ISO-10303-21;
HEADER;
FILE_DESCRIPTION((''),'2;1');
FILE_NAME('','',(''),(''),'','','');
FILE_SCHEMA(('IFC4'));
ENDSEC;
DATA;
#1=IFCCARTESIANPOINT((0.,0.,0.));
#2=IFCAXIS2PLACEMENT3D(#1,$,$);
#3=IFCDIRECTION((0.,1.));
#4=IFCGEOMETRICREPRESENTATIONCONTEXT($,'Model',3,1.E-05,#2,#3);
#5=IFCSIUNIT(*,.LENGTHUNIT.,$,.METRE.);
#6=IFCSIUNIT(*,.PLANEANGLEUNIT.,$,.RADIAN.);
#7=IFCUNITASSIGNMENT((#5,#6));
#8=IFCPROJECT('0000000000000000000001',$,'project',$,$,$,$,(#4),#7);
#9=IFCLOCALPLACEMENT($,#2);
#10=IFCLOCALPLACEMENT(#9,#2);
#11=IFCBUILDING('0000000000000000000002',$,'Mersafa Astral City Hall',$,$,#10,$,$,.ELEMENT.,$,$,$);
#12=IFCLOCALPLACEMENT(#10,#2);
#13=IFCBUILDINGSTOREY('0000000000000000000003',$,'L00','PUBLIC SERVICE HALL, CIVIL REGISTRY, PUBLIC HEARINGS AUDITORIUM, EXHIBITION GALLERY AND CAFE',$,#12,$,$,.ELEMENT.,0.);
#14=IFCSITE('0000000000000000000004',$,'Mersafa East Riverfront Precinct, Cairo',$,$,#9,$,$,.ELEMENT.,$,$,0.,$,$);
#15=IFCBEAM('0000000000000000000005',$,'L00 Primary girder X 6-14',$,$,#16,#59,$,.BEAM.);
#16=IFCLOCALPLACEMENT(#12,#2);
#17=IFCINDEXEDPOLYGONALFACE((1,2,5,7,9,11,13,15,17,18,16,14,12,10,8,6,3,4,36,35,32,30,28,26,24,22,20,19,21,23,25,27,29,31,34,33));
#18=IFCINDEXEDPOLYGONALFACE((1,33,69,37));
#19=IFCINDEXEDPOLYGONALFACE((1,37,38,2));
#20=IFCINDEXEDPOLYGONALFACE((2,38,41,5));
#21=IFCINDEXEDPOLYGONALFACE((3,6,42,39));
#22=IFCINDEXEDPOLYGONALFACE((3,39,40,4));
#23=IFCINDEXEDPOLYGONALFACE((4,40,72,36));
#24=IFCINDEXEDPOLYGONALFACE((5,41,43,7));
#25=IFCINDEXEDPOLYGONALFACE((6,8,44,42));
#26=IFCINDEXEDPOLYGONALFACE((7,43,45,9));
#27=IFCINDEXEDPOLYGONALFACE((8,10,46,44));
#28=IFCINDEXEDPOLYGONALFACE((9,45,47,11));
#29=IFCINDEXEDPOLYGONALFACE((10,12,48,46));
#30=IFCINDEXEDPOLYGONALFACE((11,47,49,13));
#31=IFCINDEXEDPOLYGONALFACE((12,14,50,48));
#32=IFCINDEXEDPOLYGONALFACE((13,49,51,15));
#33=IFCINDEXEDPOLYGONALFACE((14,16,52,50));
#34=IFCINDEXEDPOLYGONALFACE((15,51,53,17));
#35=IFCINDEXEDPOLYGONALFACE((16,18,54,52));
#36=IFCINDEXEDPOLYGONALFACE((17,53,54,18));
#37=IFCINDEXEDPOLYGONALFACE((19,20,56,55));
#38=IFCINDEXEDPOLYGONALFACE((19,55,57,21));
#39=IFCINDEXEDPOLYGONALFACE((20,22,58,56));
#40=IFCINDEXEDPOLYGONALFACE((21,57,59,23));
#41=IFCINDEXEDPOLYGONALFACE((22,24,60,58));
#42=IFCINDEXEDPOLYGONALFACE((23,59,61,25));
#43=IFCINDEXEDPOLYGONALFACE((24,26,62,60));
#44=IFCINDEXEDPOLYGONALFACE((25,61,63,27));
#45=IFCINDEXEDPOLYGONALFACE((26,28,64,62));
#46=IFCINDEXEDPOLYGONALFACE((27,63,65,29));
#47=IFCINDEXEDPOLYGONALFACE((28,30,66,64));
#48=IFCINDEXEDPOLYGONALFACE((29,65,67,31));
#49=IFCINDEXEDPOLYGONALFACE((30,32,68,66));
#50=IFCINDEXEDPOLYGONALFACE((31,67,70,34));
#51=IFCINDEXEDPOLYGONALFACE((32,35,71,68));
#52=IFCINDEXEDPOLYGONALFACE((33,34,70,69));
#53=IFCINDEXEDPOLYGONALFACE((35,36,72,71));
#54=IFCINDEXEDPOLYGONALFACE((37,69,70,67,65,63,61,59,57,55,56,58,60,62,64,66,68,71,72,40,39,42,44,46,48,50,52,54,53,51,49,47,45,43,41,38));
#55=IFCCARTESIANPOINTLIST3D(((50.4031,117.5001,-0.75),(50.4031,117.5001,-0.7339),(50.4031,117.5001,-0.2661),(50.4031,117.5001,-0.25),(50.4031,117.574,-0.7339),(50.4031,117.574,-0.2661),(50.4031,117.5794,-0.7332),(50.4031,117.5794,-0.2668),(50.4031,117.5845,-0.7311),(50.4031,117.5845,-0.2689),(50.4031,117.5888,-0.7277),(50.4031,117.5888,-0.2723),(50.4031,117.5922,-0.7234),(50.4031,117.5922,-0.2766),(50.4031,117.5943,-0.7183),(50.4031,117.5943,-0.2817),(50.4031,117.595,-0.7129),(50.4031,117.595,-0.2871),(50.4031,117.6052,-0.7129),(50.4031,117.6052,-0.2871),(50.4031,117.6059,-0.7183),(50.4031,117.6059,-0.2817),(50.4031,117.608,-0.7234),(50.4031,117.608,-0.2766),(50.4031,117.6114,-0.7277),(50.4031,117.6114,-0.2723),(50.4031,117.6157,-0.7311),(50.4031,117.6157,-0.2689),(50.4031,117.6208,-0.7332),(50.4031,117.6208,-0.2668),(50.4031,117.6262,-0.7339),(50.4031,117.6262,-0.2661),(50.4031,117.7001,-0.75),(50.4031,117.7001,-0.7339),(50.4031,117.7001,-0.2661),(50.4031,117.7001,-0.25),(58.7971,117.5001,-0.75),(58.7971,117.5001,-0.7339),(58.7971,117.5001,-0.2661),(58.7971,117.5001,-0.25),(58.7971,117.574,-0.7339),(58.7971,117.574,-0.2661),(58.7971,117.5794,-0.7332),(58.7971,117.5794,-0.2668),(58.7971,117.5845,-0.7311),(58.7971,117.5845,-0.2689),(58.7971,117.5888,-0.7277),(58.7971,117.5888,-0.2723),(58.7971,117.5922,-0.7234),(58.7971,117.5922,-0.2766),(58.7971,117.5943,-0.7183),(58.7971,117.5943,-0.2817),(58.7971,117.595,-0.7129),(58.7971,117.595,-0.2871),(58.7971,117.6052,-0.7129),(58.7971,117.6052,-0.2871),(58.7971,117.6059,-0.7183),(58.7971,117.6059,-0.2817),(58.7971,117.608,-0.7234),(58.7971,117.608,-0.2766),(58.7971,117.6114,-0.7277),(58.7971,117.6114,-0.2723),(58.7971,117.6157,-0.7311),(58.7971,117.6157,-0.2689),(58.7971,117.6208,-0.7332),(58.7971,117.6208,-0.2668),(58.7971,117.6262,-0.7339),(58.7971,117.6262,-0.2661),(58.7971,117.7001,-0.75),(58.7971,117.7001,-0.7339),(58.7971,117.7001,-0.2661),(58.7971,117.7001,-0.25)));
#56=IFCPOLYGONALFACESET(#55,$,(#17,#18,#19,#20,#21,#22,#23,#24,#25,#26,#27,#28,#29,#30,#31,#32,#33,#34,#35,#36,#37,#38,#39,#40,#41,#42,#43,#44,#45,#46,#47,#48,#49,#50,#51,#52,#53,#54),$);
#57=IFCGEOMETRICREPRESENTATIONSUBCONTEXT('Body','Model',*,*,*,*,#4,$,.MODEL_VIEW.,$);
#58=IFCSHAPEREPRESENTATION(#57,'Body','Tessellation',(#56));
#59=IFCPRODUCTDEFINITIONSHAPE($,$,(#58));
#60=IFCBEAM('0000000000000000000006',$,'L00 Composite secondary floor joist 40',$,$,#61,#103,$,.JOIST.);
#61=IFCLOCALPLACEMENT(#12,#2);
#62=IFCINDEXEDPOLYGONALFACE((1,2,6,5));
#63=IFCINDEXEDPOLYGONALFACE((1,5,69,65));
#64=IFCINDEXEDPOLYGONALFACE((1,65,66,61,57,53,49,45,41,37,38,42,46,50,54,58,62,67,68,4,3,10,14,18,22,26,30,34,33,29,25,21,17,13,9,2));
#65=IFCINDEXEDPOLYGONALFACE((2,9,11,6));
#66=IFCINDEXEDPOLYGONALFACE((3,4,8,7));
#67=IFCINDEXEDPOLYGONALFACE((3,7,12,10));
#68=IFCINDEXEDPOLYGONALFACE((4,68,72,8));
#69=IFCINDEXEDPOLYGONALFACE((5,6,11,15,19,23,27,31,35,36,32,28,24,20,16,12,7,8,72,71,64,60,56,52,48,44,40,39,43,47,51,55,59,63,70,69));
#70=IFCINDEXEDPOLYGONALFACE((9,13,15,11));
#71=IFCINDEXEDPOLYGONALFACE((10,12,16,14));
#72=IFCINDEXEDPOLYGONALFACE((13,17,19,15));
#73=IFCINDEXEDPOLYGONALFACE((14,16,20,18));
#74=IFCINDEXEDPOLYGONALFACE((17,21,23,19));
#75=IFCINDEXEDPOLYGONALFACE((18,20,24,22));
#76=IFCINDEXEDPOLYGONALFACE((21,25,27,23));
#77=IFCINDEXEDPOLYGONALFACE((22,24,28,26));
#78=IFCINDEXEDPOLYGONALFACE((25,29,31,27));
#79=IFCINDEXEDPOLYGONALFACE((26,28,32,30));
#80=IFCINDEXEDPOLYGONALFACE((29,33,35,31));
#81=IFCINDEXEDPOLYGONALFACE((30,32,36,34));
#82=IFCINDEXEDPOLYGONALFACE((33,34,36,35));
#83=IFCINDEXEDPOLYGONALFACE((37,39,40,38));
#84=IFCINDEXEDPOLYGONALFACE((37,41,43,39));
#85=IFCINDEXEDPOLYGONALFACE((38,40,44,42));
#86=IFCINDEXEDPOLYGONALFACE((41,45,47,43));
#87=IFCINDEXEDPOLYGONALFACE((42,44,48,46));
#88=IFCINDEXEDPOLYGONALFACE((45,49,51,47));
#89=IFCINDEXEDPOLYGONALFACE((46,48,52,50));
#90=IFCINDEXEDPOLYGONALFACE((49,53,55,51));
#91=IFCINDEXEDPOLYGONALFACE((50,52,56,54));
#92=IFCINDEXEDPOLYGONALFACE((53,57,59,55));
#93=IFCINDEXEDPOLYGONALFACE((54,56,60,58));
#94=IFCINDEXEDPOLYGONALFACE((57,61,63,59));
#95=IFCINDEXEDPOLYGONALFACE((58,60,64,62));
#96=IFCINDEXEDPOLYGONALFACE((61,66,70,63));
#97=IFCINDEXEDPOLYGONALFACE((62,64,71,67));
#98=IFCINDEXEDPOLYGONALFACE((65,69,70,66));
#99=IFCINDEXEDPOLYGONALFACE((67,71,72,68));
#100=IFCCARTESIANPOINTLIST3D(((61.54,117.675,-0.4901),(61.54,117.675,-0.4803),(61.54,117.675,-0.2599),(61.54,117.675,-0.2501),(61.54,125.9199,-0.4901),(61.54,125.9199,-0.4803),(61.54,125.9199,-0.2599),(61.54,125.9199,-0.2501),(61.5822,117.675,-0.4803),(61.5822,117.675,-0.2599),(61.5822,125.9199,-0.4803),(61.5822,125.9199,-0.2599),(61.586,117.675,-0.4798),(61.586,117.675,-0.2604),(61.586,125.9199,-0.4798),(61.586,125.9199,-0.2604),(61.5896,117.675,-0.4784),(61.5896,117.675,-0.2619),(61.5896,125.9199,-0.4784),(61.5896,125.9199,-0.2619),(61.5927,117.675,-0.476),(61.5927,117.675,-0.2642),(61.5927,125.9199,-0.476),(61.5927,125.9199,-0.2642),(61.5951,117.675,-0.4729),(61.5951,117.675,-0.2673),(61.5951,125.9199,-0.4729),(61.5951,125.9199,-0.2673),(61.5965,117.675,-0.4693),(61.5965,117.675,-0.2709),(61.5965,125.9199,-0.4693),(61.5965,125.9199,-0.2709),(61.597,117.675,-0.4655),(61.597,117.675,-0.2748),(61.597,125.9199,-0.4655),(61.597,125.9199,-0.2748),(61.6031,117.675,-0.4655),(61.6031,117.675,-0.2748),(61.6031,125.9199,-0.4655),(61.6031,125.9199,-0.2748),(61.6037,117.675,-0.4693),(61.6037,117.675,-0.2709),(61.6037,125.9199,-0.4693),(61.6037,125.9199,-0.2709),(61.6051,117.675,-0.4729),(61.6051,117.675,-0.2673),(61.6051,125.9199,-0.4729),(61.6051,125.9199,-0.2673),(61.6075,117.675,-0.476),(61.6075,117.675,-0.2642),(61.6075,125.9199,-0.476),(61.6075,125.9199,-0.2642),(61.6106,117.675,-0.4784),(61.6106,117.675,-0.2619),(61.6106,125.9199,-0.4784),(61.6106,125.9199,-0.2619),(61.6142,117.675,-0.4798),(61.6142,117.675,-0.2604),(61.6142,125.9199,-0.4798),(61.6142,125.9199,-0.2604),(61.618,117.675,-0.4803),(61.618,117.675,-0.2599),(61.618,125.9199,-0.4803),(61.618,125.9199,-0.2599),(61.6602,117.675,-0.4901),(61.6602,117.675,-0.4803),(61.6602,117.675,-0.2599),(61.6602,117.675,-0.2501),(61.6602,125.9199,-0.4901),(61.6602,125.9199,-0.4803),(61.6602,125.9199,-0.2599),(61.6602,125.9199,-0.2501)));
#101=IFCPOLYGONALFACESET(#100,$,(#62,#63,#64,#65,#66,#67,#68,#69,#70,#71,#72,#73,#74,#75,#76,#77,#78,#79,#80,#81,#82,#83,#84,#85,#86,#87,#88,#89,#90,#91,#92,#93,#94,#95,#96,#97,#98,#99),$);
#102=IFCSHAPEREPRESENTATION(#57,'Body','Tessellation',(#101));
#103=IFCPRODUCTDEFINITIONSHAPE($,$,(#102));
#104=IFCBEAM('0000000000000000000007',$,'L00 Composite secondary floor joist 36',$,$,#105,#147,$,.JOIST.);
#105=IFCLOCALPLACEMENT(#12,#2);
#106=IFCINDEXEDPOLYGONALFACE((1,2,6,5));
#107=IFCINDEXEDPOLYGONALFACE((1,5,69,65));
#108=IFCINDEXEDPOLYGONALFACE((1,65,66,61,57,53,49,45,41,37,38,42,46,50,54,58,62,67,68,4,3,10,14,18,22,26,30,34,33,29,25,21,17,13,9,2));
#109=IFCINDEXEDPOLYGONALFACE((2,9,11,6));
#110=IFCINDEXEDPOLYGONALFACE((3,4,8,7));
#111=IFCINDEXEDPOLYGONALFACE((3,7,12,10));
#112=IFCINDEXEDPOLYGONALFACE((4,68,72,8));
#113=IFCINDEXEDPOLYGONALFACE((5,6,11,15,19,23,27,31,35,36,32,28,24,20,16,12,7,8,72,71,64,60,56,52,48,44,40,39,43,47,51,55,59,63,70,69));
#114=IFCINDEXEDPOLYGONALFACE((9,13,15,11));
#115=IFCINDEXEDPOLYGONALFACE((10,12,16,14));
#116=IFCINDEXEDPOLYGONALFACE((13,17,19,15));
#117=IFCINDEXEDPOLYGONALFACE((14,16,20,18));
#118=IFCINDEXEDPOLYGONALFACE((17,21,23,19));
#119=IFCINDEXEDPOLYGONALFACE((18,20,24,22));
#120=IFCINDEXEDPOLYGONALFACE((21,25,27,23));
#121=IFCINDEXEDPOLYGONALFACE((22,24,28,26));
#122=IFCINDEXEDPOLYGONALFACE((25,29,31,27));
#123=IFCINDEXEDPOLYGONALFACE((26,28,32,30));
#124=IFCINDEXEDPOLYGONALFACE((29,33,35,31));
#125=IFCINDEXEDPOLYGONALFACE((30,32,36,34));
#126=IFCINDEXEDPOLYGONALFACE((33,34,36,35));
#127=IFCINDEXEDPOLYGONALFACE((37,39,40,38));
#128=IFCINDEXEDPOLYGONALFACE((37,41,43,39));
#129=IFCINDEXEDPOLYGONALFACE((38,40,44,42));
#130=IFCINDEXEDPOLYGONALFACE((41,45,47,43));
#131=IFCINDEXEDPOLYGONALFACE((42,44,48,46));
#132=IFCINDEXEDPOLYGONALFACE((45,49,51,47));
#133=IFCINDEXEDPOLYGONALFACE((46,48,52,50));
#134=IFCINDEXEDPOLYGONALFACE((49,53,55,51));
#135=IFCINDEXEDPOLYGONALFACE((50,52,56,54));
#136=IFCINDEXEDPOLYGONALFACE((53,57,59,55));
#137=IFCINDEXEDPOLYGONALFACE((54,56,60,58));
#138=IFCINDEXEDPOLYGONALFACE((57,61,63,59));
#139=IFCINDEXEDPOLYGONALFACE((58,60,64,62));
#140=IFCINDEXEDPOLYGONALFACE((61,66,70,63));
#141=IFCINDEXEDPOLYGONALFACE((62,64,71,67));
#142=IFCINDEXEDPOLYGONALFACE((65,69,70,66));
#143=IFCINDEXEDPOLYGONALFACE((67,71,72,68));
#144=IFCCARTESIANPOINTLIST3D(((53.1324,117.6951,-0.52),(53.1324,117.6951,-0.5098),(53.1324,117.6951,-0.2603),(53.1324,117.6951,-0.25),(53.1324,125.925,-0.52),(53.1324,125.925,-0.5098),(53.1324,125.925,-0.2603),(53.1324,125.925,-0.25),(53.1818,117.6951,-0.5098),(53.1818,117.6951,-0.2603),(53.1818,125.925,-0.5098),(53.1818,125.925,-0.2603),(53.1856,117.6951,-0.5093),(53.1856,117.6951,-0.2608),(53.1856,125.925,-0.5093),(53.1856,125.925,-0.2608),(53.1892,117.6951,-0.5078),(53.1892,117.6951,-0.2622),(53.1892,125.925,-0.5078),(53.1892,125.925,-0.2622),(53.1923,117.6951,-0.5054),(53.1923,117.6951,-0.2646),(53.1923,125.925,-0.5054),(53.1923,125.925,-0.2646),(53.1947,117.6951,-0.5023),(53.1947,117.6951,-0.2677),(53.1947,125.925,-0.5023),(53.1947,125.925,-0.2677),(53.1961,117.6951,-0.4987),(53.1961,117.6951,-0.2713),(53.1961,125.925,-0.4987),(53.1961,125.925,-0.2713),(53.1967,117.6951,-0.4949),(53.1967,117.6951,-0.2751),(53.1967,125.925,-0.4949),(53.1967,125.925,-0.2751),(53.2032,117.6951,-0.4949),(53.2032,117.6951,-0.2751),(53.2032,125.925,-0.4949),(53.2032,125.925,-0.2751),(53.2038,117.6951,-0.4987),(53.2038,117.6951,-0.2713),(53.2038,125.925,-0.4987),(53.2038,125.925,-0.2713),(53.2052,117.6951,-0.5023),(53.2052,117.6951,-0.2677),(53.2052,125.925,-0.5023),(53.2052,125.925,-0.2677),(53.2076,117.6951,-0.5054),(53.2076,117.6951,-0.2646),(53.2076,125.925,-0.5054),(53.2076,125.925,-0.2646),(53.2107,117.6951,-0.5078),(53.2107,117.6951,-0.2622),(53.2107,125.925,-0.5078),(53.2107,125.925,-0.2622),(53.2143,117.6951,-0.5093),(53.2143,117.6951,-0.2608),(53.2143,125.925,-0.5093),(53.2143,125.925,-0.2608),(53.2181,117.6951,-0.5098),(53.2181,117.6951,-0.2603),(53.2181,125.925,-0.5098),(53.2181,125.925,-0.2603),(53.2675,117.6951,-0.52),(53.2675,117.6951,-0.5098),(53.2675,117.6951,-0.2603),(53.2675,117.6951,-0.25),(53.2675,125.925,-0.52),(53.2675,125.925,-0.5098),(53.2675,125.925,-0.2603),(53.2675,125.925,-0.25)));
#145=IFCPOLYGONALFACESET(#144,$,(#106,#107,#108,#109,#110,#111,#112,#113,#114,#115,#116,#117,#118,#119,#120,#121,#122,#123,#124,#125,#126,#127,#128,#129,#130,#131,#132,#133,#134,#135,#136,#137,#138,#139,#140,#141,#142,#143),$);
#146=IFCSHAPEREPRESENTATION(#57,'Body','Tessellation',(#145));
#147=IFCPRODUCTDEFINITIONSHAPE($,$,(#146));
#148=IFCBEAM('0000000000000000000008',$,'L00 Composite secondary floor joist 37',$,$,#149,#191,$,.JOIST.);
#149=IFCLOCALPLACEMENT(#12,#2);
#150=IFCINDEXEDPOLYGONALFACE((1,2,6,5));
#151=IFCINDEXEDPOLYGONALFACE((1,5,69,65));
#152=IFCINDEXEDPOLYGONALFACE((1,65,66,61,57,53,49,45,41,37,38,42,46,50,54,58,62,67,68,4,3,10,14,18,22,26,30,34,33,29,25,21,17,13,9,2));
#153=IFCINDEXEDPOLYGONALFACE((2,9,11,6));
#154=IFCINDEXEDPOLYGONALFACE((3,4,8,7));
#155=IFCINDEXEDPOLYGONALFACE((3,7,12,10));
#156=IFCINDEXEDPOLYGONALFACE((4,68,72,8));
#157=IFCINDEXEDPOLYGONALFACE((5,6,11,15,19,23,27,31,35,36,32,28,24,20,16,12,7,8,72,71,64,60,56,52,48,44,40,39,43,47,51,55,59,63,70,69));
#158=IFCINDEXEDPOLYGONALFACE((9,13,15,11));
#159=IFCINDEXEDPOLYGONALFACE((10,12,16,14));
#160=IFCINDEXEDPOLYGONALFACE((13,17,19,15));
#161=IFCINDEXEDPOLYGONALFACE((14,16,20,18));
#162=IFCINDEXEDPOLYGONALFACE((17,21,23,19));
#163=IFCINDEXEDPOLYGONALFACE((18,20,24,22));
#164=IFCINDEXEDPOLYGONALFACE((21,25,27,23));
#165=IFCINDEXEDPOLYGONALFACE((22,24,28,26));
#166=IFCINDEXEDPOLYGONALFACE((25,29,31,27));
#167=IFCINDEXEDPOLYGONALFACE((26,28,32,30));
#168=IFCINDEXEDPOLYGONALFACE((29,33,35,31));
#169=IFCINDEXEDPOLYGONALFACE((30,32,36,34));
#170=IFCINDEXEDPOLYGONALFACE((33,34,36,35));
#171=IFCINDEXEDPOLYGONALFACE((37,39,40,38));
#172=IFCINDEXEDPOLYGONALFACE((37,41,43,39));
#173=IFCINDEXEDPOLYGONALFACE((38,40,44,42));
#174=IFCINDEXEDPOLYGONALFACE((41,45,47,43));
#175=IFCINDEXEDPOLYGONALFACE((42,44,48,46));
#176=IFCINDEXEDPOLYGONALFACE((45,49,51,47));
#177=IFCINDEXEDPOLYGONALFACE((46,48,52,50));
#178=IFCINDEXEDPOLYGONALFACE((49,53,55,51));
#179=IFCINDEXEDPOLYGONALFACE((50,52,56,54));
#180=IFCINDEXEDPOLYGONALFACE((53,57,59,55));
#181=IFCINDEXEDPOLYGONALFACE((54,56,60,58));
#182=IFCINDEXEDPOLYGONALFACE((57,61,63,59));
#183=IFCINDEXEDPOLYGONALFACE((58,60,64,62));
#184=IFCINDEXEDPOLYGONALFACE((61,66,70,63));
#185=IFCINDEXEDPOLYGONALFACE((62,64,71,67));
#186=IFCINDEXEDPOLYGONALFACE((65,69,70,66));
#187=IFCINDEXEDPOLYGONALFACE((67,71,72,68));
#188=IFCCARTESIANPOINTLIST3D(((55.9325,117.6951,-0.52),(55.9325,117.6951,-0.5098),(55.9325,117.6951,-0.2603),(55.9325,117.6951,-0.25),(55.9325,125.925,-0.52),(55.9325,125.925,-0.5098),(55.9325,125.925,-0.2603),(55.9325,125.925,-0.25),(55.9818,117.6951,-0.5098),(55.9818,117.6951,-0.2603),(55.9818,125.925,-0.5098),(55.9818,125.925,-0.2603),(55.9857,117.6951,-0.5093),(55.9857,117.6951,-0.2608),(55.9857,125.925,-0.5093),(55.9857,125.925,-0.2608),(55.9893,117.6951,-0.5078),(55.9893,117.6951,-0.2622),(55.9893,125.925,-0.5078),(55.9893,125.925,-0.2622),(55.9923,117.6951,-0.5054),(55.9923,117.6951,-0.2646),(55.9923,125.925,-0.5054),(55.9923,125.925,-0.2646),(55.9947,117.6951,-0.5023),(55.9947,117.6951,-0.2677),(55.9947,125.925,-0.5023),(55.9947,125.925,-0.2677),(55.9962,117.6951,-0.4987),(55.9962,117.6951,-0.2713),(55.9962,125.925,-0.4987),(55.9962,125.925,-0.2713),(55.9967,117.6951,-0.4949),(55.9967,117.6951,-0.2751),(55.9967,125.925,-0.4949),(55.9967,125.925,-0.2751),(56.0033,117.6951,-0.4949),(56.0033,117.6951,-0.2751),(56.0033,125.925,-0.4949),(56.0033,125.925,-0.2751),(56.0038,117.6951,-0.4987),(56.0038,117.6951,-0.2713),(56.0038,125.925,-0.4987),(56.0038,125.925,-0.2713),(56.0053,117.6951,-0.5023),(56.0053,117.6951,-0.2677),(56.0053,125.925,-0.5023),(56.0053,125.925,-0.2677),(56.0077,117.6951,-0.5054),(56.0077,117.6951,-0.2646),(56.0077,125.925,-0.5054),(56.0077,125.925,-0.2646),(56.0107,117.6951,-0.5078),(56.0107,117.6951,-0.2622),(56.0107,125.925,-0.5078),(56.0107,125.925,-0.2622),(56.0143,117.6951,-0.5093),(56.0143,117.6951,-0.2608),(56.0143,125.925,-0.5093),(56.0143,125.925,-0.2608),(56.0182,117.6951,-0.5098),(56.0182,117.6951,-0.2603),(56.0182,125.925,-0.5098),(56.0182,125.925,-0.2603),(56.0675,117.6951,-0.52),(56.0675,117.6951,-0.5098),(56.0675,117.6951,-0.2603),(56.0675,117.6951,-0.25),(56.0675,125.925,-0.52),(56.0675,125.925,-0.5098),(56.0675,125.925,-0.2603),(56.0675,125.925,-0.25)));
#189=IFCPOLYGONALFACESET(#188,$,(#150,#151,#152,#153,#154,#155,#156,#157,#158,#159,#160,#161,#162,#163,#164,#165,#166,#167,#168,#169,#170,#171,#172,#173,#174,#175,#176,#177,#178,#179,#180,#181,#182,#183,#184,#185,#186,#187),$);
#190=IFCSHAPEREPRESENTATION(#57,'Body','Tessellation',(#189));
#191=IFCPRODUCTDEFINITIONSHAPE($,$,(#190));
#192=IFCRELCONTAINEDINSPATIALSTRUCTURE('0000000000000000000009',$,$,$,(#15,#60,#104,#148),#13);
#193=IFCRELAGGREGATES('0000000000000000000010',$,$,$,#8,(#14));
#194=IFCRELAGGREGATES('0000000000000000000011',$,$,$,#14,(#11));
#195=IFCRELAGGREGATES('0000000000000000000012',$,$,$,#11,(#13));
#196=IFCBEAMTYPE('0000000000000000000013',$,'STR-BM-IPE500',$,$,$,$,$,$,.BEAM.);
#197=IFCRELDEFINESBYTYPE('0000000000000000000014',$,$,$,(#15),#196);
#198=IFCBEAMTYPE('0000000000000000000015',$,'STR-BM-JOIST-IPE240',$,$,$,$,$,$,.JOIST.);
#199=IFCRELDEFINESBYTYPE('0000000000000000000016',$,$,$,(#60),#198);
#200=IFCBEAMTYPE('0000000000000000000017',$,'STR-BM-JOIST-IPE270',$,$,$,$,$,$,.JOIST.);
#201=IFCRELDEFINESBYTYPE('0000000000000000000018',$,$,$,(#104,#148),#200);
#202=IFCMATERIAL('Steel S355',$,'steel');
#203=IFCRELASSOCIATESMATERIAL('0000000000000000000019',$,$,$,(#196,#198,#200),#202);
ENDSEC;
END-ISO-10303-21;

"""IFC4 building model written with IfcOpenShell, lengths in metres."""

from ifc_helpers import new_model, si_unit, direction, frame, origin, origin_2d, place, context, subcontext, project, spatial, i_section, extrude, material, material_profile, profile_set, type_object, element, save


model = new_model("IFC4")

# Units and contexts
model_context = context("Model", 3, precision=1e-05, world=origin(), true_north=direction((0.0, 1.0)))
body_context = subcontext(model_context, "Body", "Model", "MODEL_VIEW")
ifc_project = project(units=[si_unit("LENGTHUNIT", "METRE"), si_unit("PLANEANGLEUNIT", "RADIAN")], contexts=[model_context])

# Site, building, storey
site_placement = place(None, origin())
site = spatial("IfcSite", under=ifc_project, at=site_placement, Name="Mersafa East Riverfront Precinct, Cairo", CompositionType="ELEMENT", RefElevation=0.0)
building_placement = place(site_placement, origin())
building = spatial("IfcBuilding", under=site, at=building_placement, Name="Mersafa Astral City Hall", CompositionType="ELEMENT")
storey_placement = place(building_placement, origin())
storey = spatial("IfcBuildingStorey", under=building, at=storey_placement, Name="L00", Description="PUBLIC SERVICE HALL, CIVIL REGISTRY, PUBLIC HEARINGS AUDITORIUM, EXHIBITION GALLERY AND CAFE", CompositionType="ELEMENT", Elevation=0.0)

# Shared definitions
ifc_material_1 = material(Name="Steel S355", Category="steel")

# Beams
ifc_material_profile_1 = material_profile(ifc_material_1, i_section(OverallWidth=0.2, OverallDepth=0.5, WebThickness=0.0103, FlangeThickness=0.0161, FilletRadius=0.021, at=origin_2d()), Name="IPE 500")
ifc_profile_set_1 = profile_set([ifc_material_profile_1], Name="Steel S355")
beam_type_1 = type_object("IfcBeamType", Name="STR-BM-IPE500", PredefinedType="BEAM", material=ifc_profile_set_1)
beam_1_placement = place(storey_placement, frame((50.4031, 117.6001, -0.5), z_axis=(1.0, 0.0, 0.0), x_axis=(0.0, 1.0, 0.0)))
element("IfcBeam", 1, at=beam_1_placement, inside=storey, type_object=beam_type_1, Name="L00 Primary girder X 6-14", PredefinedType="BEAM", context=body_context, shape_type="SweptSolid", body=[
    extrude(i_section(OverallWidth=0.2, OverallDepth=0.5, WebThickness=0.0103, FlangeThickness=0.0161, FilletRadius=0.021, at=origin_2d()), origin(), (0.0, 0.0, 1.0), 8.394),
])
ifc_material_profile_2 = material_profile(ifc_material_1, i_section(OverallWidth=0.1201, OverallDepth=0.24, WebThickness=0.0061, FlangeThickness=0.0098, FilletRadius=0.0149, at=origin_2d()), Name="IPE 240")
ifc_profile_set_2 = profile_set([ifc_material_profile_2], Name="Steel S355")
beam_type_2 = type_object("IfcBeamType", Name="STR-BM-JOIST-IPE240", PredefinedType="JOIST", material=ifc_profile_set_2)
beam_2_placement = place(storey_placement, frame((61.6001, 117.675, -0.3701), z_axis=(0.0, 1.0, 0.0), x_axis=(-1.0, 0.0, 0.0)))
element("IfcBeam", 2, at=beam_2_placement, inside=storey, type_object=beam_type_2, Name="L00 Composite secondary floor joist 40", PredefinedType="JOIST", context=body_context, shape_type="SweptSolid", body=[
    extrude(i_section(OverallWidth=0.1201, OverallDepth=0.24, WebThickness=0.0061, FlangeThickness=0.0098, FilletRadius=0.0149, at=origin_2d()), origin(), (0.0, 0.0, 1.0), 8.2449),
])
ifc_material_profile_3 = material_profile(ifc_material_1, i_section(OverallWidth=0.135, OverallDepth=0.27, WebThickness=0.0066, FlangeThickness=0.0103, FilletRadius=0.0149, at=origin_2d()), Name="IPE 270")
ifc_profile_set_3 = profile_set([ifc_material_profile_3], Name="Steel S355")
beam_type_3 = type_object("IfcBeamType", Name="STR-BM-JOIST-IPE270", PredefinedType="JOIST", material=ifc_profile_set_3)
for number, where, z_axis, x_axis, name in (
    (3, (53.2, 117.6951, -0.385), (0.0, 1.0, 0.0), (-1.0, 0.0, 0.0), "L00 Composite secondary floor joist 36"),
    (4, (56.0, 117.6951, -0.385), (0.0, 1.0, 0.0), (-1.0, 0.0, 0.0), "L00 Composite secondary floor joist 37"),
):
    element("IfcBeam", number, at=place(storey_placement, frame(where, z_axis=z_axis, x_axis=x_axis)), inside=storey, type_object=beam_type_3, Name=name, PredefinedType="JOIST", context=body_context, shape_type="SweptSolid", body=[
        extrude(i_section(OverallWidth=0.135, OverallDepth=0.27, WebThickness=0.0066, FlangeThickness=0.0103, FilletRadius=0.0149, at=origin_2d()), origin(), (0.0, 0.0, 1.0), 8.23),
    ])

save(model, "model.ifc")
